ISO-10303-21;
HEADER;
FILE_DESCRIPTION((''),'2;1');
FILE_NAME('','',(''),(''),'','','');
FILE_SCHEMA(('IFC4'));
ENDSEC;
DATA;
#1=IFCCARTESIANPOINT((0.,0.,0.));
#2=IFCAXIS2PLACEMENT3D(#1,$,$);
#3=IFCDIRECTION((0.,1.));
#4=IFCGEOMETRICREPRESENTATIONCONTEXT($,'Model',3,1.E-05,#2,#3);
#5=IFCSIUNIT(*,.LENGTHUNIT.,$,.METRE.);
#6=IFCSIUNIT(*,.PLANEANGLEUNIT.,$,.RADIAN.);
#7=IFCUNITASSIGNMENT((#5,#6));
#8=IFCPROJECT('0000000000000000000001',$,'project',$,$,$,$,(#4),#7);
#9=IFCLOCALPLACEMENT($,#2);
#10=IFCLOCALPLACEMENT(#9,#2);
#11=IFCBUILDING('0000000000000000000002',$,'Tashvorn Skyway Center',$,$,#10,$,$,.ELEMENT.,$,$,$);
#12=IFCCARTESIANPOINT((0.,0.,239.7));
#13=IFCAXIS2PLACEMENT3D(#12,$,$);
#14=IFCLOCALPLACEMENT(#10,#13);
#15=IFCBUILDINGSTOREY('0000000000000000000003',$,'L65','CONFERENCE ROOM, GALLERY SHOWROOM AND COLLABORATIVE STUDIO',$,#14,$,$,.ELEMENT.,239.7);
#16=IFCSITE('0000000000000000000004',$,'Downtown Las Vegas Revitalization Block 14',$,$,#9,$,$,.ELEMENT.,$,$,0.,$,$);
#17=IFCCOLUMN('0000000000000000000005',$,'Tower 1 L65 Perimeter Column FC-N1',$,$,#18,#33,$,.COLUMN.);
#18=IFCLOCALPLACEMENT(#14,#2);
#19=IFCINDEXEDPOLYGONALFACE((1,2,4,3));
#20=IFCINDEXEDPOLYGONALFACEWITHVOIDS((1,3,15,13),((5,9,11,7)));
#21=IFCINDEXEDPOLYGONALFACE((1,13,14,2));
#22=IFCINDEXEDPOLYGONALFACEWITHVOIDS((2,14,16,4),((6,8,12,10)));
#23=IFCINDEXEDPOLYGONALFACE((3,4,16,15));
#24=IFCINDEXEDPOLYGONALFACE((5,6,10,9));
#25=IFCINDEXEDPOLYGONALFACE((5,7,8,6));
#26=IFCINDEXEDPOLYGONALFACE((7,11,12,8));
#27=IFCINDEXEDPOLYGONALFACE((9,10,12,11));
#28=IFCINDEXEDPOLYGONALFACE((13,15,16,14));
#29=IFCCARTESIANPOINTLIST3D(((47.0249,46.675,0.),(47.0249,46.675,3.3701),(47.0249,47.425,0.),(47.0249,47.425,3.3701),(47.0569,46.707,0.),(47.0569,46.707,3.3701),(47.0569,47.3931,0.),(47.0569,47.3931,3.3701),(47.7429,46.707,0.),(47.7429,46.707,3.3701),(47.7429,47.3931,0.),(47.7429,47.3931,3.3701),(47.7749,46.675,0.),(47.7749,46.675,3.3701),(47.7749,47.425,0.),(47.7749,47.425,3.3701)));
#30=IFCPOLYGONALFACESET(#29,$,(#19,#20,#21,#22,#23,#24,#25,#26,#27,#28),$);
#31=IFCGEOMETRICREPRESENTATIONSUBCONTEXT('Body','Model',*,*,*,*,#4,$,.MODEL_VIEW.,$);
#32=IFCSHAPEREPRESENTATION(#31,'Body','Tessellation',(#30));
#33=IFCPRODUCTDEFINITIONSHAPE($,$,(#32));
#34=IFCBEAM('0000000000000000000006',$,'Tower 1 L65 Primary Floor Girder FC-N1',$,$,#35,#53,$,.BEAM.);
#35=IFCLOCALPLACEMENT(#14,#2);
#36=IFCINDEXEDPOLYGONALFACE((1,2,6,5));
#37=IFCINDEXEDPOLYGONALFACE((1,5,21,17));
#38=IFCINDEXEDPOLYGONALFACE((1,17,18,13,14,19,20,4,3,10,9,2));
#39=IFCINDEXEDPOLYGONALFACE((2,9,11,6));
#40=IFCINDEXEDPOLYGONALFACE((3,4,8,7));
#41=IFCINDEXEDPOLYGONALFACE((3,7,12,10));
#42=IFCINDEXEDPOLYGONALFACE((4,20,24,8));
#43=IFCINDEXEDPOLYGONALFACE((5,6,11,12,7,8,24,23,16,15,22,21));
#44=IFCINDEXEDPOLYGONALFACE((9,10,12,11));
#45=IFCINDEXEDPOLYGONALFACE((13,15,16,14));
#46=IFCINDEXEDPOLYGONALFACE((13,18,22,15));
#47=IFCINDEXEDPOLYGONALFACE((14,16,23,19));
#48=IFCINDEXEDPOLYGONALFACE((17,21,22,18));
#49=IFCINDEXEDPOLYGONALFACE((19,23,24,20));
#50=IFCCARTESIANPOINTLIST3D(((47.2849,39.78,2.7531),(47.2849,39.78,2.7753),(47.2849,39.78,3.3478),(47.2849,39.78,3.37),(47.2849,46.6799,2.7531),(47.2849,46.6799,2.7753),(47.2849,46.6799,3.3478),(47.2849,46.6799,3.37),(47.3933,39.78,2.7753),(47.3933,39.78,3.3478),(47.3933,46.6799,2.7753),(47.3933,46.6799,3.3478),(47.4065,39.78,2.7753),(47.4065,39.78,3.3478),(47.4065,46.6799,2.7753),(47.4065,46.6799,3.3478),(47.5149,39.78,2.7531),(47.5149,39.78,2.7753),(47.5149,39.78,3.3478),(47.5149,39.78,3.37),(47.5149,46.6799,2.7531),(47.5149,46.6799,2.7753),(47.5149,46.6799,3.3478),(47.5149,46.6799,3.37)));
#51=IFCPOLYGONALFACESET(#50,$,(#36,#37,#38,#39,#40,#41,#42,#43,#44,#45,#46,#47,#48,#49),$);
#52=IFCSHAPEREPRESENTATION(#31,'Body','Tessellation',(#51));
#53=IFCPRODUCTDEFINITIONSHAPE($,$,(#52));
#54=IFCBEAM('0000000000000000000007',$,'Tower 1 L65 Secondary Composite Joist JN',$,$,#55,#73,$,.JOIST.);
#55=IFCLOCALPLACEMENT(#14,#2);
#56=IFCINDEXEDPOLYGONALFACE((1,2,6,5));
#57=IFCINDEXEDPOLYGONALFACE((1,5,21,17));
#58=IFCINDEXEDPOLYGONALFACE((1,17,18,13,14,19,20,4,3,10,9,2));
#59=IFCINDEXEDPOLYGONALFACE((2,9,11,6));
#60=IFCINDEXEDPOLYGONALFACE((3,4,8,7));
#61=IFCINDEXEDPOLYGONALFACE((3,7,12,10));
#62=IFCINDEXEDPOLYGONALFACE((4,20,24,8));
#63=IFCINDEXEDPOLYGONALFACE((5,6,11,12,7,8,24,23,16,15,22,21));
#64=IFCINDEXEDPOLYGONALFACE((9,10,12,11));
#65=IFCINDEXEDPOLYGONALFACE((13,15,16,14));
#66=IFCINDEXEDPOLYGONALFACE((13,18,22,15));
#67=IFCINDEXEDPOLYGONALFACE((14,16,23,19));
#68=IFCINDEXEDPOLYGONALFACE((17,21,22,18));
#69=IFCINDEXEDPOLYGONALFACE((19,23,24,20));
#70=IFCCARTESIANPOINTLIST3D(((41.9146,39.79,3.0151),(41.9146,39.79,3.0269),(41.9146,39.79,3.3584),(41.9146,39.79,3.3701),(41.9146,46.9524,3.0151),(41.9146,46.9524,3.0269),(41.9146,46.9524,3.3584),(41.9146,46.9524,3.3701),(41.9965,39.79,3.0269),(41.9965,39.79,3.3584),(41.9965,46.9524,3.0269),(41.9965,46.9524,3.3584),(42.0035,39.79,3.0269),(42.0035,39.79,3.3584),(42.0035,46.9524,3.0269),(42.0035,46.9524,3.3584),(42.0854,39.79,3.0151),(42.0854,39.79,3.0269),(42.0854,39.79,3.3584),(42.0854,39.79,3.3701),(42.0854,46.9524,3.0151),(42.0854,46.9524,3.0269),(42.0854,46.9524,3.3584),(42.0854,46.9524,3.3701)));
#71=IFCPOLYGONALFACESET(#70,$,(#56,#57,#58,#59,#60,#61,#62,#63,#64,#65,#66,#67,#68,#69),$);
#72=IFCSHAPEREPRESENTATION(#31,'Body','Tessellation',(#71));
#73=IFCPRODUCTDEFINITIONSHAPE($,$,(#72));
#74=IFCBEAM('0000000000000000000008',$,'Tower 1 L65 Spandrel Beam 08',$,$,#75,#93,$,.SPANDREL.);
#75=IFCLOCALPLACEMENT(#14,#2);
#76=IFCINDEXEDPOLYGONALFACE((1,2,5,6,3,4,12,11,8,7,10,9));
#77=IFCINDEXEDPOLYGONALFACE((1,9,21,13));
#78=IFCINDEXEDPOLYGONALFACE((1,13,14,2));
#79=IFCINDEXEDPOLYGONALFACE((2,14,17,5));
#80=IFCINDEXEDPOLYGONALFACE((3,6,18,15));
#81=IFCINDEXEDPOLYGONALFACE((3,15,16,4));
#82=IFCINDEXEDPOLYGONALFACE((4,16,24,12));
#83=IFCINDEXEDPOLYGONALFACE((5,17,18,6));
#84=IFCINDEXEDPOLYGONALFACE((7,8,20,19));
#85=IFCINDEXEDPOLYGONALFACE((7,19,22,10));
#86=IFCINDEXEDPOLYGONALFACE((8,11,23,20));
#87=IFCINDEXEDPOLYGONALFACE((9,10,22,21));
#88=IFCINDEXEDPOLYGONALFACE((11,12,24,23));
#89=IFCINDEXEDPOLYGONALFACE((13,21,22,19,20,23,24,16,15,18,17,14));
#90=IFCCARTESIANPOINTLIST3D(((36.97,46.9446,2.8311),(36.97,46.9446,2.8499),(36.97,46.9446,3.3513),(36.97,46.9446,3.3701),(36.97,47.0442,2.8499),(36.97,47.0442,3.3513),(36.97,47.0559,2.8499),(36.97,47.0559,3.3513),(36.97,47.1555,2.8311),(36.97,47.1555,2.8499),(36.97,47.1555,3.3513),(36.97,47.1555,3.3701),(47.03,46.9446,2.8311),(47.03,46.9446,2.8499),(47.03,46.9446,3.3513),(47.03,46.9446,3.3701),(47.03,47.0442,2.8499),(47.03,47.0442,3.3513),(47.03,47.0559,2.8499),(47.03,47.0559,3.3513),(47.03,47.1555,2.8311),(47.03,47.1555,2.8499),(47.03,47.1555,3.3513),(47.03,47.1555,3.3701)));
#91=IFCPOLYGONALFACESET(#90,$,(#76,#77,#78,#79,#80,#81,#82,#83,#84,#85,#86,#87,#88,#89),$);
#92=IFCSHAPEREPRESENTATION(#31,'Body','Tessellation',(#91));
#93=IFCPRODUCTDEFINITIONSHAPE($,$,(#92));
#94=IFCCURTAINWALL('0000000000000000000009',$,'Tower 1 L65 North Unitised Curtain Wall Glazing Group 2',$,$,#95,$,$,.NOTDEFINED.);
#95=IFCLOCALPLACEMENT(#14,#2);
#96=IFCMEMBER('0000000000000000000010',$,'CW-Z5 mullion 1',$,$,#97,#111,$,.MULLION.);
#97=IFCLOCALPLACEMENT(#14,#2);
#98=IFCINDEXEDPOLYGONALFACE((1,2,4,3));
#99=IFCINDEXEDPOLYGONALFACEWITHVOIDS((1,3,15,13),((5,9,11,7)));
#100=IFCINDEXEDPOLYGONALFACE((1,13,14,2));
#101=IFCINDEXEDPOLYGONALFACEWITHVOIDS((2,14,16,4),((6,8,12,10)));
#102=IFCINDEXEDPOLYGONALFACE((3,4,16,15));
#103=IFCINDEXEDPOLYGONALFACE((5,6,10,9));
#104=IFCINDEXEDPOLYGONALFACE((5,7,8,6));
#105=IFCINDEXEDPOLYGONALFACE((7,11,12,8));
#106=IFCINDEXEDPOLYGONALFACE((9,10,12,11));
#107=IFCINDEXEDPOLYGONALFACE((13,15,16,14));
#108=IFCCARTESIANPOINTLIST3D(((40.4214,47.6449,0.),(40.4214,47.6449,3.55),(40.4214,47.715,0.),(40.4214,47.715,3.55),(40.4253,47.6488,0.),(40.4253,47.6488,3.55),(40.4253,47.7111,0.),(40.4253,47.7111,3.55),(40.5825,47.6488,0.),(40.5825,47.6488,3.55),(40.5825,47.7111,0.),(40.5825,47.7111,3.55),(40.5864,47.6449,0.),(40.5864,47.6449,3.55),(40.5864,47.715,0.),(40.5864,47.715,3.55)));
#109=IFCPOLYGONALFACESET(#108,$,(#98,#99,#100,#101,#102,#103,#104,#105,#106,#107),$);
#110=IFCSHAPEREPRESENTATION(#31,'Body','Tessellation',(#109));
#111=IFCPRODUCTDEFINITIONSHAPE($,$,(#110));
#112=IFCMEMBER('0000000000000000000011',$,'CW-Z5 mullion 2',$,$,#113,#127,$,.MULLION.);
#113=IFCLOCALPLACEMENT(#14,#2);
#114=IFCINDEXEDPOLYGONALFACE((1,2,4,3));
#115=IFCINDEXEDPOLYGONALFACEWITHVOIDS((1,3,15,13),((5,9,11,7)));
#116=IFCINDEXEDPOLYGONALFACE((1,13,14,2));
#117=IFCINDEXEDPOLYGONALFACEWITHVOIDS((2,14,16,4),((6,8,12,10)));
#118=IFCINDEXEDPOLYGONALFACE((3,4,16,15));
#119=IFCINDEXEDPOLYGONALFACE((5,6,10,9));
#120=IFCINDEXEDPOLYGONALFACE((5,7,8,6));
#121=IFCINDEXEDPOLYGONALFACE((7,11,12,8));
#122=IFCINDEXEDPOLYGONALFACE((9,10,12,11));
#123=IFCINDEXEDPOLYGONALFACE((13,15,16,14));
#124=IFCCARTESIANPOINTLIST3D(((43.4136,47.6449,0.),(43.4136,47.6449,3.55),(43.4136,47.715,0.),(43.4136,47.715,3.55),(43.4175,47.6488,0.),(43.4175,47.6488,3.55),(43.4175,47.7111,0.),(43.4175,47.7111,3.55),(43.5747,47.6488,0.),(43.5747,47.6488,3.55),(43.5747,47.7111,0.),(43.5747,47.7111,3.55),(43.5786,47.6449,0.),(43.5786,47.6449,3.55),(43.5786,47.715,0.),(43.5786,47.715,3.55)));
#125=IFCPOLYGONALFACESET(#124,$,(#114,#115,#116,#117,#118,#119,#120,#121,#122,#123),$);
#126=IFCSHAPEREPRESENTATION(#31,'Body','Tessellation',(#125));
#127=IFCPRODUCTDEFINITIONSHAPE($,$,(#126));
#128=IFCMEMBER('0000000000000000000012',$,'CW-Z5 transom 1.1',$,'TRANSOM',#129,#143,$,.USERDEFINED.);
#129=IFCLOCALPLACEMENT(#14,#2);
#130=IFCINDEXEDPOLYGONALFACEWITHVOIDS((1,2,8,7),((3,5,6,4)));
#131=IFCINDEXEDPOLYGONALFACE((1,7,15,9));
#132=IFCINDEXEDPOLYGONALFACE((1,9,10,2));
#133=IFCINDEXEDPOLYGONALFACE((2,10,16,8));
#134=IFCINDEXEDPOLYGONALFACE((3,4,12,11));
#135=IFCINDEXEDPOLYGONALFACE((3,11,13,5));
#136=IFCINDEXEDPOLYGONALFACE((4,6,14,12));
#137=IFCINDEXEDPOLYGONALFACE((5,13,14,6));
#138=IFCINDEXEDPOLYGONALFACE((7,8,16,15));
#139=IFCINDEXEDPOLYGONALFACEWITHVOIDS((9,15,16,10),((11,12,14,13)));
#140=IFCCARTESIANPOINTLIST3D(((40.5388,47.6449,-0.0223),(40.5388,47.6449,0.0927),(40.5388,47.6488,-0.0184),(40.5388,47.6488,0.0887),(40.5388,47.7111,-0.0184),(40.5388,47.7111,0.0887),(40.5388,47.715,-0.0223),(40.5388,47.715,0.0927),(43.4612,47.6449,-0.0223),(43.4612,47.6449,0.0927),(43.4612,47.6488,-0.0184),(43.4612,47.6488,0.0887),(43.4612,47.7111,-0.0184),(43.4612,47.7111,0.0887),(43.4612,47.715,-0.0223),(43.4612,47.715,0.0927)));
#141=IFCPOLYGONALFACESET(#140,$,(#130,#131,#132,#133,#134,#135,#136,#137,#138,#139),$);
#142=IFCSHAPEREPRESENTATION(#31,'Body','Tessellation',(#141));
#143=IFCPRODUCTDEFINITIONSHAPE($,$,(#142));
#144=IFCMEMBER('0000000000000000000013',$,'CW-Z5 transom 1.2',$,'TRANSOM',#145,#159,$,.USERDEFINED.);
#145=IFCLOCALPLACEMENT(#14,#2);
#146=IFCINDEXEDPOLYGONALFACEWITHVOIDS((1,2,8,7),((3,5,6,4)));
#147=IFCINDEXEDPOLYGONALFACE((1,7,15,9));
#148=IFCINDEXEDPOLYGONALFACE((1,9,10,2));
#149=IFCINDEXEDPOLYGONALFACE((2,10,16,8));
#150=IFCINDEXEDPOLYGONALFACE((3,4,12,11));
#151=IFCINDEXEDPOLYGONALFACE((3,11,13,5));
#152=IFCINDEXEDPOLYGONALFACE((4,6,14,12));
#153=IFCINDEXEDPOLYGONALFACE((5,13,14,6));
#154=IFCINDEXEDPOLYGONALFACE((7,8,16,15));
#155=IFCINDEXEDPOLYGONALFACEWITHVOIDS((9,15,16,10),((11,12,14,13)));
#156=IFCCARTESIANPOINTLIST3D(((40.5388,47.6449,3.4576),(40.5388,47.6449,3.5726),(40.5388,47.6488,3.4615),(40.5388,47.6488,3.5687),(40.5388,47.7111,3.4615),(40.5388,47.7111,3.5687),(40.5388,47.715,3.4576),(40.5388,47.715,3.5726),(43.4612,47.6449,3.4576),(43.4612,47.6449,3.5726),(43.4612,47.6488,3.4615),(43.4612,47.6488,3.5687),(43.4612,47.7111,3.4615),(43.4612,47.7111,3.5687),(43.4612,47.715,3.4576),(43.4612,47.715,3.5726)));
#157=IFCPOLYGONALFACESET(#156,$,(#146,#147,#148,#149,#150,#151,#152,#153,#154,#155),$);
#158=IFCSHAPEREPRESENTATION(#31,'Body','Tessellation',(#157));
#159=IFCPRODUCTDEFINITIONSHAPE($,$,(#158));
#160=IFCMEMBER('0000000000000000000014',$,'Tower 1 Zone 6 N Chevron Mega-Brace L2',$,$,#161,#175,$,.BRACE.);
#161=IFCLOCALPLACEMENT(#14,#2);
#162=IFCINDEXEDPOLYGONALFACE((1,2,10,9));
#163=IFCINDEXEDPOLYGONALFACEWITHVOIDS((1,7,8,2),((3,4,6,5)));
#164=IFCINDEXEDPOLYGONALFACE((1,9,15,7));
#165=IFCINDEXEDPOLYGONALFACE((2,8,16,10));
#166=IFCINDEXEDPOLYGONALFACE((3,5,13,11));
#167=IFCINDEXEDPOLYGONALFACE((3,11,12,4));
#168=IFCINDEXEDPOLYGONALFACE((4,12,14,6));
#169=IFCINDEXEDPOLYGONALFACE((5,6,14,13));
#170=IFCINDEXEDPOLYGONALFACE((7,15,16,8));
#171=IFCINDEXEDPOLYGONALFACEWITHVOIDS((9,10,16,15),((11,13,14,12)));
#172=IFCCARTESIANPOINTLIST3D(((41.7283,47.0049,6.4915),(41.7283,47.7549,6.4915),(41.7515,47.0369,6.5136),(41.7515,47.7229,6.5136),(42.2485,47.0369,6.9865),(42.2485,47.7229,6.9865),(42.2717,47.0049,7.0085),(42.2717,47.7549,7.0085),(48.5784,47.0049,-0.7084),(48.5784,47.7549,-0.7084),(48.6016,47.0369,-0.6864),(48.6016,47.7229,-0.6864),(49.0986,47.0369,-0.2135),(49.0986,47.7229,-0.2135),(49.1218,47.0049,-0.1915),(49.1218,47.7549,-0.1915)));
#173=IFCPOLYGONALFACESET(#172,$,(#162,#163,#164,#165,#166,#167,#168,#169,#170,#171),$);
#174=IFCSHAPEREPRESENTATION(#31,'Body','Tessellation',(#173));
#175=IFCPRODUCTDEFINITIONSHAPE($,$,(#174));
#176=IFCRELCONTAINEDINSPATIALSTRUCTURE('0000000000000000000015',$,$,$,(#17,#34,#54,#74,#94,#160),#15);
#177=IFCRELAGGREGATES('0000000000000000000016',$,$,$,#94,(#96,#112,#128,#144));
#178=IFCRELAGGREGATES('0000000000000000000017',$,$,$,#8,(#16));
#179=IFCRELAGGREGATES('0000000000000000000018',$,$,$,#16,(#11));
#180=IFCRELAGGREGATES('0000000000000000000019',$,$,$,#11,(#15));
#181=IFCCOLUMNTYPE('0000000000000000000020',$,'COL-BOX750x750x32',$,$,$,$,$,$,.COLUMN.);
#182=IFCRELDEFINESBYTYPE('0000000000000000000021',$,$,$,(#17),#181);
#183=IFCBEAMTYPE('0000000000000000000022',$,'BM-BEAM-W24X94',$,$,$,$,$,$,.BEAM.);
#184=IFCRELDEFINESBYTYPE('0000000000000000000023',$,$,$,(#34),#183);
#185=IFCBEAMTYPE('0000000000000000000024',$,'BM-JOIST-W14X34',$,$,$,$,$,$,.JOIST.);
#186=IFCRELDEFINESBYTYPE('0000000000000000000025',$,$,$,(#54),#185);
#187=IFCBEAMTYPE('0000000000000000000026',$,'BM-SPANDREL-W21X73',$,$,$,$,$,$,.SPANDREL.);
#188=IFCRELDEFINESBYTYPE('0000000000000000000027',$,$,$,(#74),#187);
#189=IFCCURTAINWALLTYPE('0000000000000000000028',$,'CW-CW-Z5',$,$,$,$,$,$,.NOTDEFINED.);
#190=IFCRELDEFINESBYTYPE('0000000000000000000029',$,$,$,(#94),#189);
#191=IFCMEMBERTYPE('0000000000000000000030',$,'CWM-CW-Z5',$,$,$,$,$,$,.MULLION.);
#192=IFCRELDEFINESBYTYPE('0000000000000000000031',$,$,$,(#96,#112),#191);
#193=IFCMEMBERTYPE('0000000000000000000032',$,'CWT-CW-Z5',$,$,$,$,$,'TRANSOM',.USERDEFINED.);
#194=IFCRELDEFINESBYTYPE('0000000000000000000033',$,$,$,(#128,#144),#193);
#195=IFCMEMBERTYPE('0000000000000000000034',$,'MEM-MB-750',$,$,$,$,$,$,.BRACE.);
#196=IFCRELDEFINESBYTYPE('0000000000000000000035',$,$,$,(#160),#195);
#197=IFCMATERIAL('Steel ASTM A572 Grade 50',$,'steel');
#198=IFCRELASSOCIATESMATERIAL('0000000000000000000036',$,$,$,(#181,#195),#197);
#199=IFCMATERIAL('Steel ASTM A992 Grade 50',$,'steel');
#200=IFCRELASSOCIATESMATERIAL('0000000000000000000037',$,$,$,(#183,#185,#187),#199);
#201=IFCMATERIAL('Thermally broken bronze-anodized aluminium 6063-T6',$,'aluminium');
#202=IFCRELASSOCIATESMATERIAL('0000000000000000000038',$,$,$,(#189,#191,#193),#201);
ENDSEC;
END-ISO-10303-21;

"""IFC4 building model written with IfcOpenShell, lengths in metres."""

from ifc_helpers import new_model, si_unit, direction, frame, origin, origin_2d, place, context, subcontext, project, spatial, hollow_rectangle, i_section, extrude, material, material_profile, profile_set, type_object, element, aggregate, save


model = new_model("IFC4")

# Units and contexts
model_context = context("Model", 3, precision=1e-05, world=origin(), true_north=direction((0.0, 1.0)))
body_context = subcontext(model_context, "Body", "Model", "MODEL_VIEW")
ifc_project = project(units=[si_unit("LENGTHUNIT", "METRE"), si_unit("PLANEANGLEUNIT", "RADIAN")], contexts=[model_context])

# Site, building, storey
site_placement = place(None, origin())
site = spatial("IfcSite", under=ifc_project, at=site_placement, Name="Downtown Las Vegas Revitalization Block 14", CompositionType="ELEMENT", RefElevation=0.0)
building_placement = place(site_placement, origin())
building = spatial("IfcBuilding", under=site, at=building_placement, Name="Tashvorn Skyway Center", CompositionType="ELEMENT")
storey_placement = place(building_placement, frame((0.0, 0.0, 239.7)))
storey = spatial("IfcBuildingStorey", under=building, at=storey_placement, Name="L65", Description="CONFERENCE ROOM, GALLERY SHOWROOM AND COLLABORATIVE STUDIO", CompositionType="ELEMENT", Elevation=239.7)

# Column
ifc_material_1 = material(Name="Steel ASTM A572 Grade 50", Category="steel")
ifc_material_profile_1 = material_profile(ifc_material_1, hollow_rectangle(XDim=0.75, YDim=0.75, WallThickness=0.032, at=origin_2d()), Name="BOX750x750x32")
ifc_profile_set_1 = profile_set([ifc_material_profile_1], Name="Steel ASTM A572 Grade 50")
column_type = type_object("IfcColumnType", Name="COL-BOX750x750x32", PredefinedType="COLUMN", material=ifc_profile_set_1)
column_placement = place(storey_placement, frame((47.3999, 47.05, 0.0), z_axis=(0.0, 0.0, 1.0), x_axis=(1.0, 0.0, 0.0)))
element("IfcColumn", 1, at=column_placement, inside=storey, type_object=column_type, Name="Tower 1 L65 Perimeter Column FC-N1", PredefinedType="COLUMN", context=body_context, shape_type="SweptSolid", body=[
    extrude(hollow_rectangle(XDim=0.75, YDim=0.75, WallThickness=0.032, at=origin_2d()), origin(), (0.0, 0.0, 1.0), 3.3701),
])

# Beams
ifc_material_2 = material(Name="Steel ASTM A992 Grade 50", Category="steel")
ifc_material_profile_2 = material_profile(ifc_material_2, i_section(OverallWidth=0.23, OverallDepth=0.6169, WebThickness=0.0132, FlangeThickness=0.0222, at=origin_2d()), Name="W24X94")
ifc_profile_set_2 = profile_set([ifc_material_profile_2], Name="Steel ASTM A992 Grade 50")
beam_type_1 = type_object("IfcBeamType", Name="BM-BEAM-W24X94", PredefinedType="BEAM", material=ifc_profile_set_2)
beam_1_placement = place(storey_placement, frame((47.3999, 46.6799, 3.0615), z_axis=(0.0, -1.0, 0.0), x_axis=(1.0, 0.0, 0.0)))
element("IfcBeam", 2, at=beam_1_placement, inside=storey, type_object=beam_type_1, Name="Tower 1 L65 Primary Floor Girder FC-N1", PredefinedType="BEAM", context=body_context, shape_type="SweptSolid", body=[
    extrude(i_section(OverallWidth=0.23, OverallDepth=0.6169, WebThickness=0.0132, FlangeThickness=0.0222, at=origin_2d()), origin(), (0.0, 0.0, 1.0), 6.8999),
])
ifc_material_profile_3 = material_profile(ifc_material_2, i_section(OverallWidth=0.1709, OverallDepth=0.355, WebThickness=0.0071, FlangeThickness=0.0117, at=origin_2d()), Name="W14X34")
ifc_profile_set_3 = profile_set([ifc_material_profile_3], Name="Steel ASTM A992 Grade 50")
beam_type_2 = type_object("IfcBeamType", Name="BM-JOIST-W14X34", PredefinedType="JOIST", material=ifc_profile_set_3)
beam_2_placement = place(storey_placement, frame((42.0, 39.79, 3.1926), z_axis=(0.0, 1.0, 0.0), x_axis=(-1.0, 0.0, 0.0)))
element("IfcBeam", 3, at=beam_2_placement, inside=storey, type_object=beam_type_2, Name="Tower 1 L65 Secondary Composite Joist JN", PredefinedType="JOIST", context=body_context, shape_type="SweptSolid", body=[
    extrude(i_section(OverallWidth=0.1709, OverallDepth=0.355, WebThickness=0.0071, FlangeThickness=0.0117, at=origin_2d()), origin(), (0.0, 0.0, 1.0), 7.1624),
])
ifc_material_profile_4 = material_profile(ifc_material_2, i_section(OverallWidth=0.2109, OverallDepth=0.5391, WebThickness=0.0117, FlangeThickness=0.0188, at=origin_2d()), Name="W21X73")
ifc_profile_set_4 = profile_set([ifc_material_profile_4], Name="Steel ASTM A992 Grade 50")
beam_type_3 = type_object("IfcBeamType", Name="BM-SPANDREL-W21X73", PredefinedType="SPANDREL", material=ifc_profile_set_4)
beam_3_placement = place(storey_placement, frame((47.03, 47.05, 3.1006), z_axis=(-1.0, 0.0, 0.0), x_axis=(0.0, -1.0, 0.0)))
element("IfcBeam", 4, at=beam_3_placement, inside=storey, type_object=beam_type_3, Name="Tower 1 L65 Spandrel Beam 08", PredefinedType="SPANDREL", context=body_context, shape_type="SweptSolid", body=[
    extrude(i_section(OverallWidth=0.2109, OverallDepth=0.5391, WebThickness=0.0117, FlangeThickness=0.0188, at=origin_2d()), origin(), (0.0, 0.0, 1.0), 10.0601),
])

# Curtain wall, members
ifc_material_3 = material(Name="Thermally broken bronze-anodized aluminium 6063-T6", Category="aluminium")
curtain_wall_type = type_object("IfcCurtainWallType", Name="CW-CW-Z5", PredefinedType="NOTDEFINED", material=ifc_material_3)
curtain_wall_placement = place(storey_placement, origin())
curtain_wall = element("IfcCurtainWall", 5, at=curtain_wall_placement, inside=storey, type_object=curtain_wall_type, Name="Tower 1 L65 North Unitised Curtain Wall Glazing Group 2", PredefinedType="NOTDEFINED")
ifc_material_profile_5 = material_profile(ifc_material_3, hollow_rectangle(XDim=0.0701, YDim=0.165, WallThickness=0.0039, at=origin_2d()), Name="ALU-MULL-70x165")
ifc_profile_set_5 = profile_set([ifc_material_profile_5], Name="Thermally broken bronze-anodized aluminium 6063-T6")
member_type_1 = type_object("IfcMemberType", Name="CWM-CW-Z5", PredefinedType="MULLION", material=ifc_profile_set_5)
member_1_placement = place(storey_placement, frame((40.5039, 47.6799, 0.0), z_axis=(0.0, 0.0, 1.0), x_axis=(0.0, 1.0, 0.0)))
member_1 = element("IfcMember", 6, at=member_1_placement, type_object=member_type_1, Name="CW-Z5 mullion 1", PredefinedType="MULLION", context=body_context, shape_type="SweptSolid", body=[
    extrude(hollow_rectangle(XDim=0.0701, YDim=0.165, WallThickness=0.0039, at=origin_2d()), origin(), (0.0, 0.0, 1.0), 3.55),
])
member_2_placement = place(storey_placement, frame((43.4961, 47.6799, 0.0), z_axis=(0.0, 0.0, 1.0), x_axis=(0.0, 1.0, 0.0)))
member_2 = element("IfcMember", 7, at=member_2_placement, type_object=member_type_1, Name="CW-Z5 mullion 2", PredefinedType="MULLION", context=body_context, shape_type="SweptSolid", body=[
    extrude(hollow_rectangle(XDim=0.0701, YDim=0.165, WallThickness=0.0039, at=origin_2d()), origin(), (0.0, 0.0, 1.0), 3.55),
])
ifc_material_profile_6 = material_profile(ifc_material_3, hollow_rectangle(XDim=0.0701, YDim=0.115, WallThickness=0.0039, at=origin_2d()), Name="ALU-TRAN-70x115")
ifc_profile_set_6 = profile_set([ifc_material_profile_6], Name="Thermally broken bronze-anodized aluminium 6063-T6")
member_type_2 = type_object("IfcMemberType", Name="CWT-CW-Z5", ElementType="TRANSOM", PredefinedType="USERDEFINED", material=ifc_profile_set_6)
member_3_placement = place(storey_placement, frame((40.5388, 47.6799, 0.0352), z_axis=(1.0, 0.0, 0.0), x_axis=(0.0, 1.0, 0.0)))
member_3 = element("IfcMember", 8, at=member_3_placement, type_object=member_type_2, Name="CW-Z5 transom 1.1", ObjectType="TRANSOM", PredefinedType="USERDEFINED", context=body_context, shape_type="SweptSolid", body=[
    extrude(hollow_rectangle(XDim=0.0701, YDim=0.115, WallThickness=0.0039, at=origin_2d()), origin(), (0.0, 0.0, 1.0), 2.9224),
])
member_4_placement = place(storey_placement, frame((40.5388, 47.6799, 3.5151), z_axis=(1.0, 0.0, 0.0), x_axis=(0.0, 1.0, 0.0)))
member_4 = element("IfcMember", 9, at=member_4_placement, type_object=member_type_2, Name="CW-Z5 transom 1.2", ObjectType="TRANSOM", PredefinedType="USERDEFINED", context=body_context, shape_type="SweptSolid", body=[
    extrude(hollow_rectangle(XDim=0.0701, YDim=0.115, WallThickness=0.0039, at=origin_2d()), origin(), (0.0, 0.0, 1.0), 2.9224),
])

# Member
ifc_material_profile_7 = material_profile(ifc_material_1, hollow_rectangle(XDim=0.75, YDim=0.75, WallThickness=0.032, at=origin_2d()), Name="BOX750x750x32")
ifc_profile_set_7 = profile_set([ifc_material_profile_7], Name="Steel ASTM A572 Grade 50")
member_type_3 = type_object("IfcMemberType", Name="MEM-MB-750", PredefinedType="BRACE", material=ifc_profile_set_7)
member_5_placement = place(storey_placement, frame((48.8501, 47.3799, -0.45), z_axis=(-0.689286, 0.0, 0.72449), x_axis=(0.0, -1.0, 0.0)))
element("IfcMember", 10, at=member_5_placement, inside=storey, type_object=member_type_3, Name="Tower 1 Zone 6 N Chevron Mega-Brace L2", PredefinedType="BRACE", context=body_context, shape_type="SweptSolid", body=[
    extrude(hollow_rectangle(XDim=0.75, YDim=0.75, WallThickness=0.032, at=origin_2d()), origin(), (0.0, 0.0, 1.0), 9.938),
])

aggregate(curtain_wall, [member_1, member_2, member_3, member_4])

save(model, "model.ifc")
